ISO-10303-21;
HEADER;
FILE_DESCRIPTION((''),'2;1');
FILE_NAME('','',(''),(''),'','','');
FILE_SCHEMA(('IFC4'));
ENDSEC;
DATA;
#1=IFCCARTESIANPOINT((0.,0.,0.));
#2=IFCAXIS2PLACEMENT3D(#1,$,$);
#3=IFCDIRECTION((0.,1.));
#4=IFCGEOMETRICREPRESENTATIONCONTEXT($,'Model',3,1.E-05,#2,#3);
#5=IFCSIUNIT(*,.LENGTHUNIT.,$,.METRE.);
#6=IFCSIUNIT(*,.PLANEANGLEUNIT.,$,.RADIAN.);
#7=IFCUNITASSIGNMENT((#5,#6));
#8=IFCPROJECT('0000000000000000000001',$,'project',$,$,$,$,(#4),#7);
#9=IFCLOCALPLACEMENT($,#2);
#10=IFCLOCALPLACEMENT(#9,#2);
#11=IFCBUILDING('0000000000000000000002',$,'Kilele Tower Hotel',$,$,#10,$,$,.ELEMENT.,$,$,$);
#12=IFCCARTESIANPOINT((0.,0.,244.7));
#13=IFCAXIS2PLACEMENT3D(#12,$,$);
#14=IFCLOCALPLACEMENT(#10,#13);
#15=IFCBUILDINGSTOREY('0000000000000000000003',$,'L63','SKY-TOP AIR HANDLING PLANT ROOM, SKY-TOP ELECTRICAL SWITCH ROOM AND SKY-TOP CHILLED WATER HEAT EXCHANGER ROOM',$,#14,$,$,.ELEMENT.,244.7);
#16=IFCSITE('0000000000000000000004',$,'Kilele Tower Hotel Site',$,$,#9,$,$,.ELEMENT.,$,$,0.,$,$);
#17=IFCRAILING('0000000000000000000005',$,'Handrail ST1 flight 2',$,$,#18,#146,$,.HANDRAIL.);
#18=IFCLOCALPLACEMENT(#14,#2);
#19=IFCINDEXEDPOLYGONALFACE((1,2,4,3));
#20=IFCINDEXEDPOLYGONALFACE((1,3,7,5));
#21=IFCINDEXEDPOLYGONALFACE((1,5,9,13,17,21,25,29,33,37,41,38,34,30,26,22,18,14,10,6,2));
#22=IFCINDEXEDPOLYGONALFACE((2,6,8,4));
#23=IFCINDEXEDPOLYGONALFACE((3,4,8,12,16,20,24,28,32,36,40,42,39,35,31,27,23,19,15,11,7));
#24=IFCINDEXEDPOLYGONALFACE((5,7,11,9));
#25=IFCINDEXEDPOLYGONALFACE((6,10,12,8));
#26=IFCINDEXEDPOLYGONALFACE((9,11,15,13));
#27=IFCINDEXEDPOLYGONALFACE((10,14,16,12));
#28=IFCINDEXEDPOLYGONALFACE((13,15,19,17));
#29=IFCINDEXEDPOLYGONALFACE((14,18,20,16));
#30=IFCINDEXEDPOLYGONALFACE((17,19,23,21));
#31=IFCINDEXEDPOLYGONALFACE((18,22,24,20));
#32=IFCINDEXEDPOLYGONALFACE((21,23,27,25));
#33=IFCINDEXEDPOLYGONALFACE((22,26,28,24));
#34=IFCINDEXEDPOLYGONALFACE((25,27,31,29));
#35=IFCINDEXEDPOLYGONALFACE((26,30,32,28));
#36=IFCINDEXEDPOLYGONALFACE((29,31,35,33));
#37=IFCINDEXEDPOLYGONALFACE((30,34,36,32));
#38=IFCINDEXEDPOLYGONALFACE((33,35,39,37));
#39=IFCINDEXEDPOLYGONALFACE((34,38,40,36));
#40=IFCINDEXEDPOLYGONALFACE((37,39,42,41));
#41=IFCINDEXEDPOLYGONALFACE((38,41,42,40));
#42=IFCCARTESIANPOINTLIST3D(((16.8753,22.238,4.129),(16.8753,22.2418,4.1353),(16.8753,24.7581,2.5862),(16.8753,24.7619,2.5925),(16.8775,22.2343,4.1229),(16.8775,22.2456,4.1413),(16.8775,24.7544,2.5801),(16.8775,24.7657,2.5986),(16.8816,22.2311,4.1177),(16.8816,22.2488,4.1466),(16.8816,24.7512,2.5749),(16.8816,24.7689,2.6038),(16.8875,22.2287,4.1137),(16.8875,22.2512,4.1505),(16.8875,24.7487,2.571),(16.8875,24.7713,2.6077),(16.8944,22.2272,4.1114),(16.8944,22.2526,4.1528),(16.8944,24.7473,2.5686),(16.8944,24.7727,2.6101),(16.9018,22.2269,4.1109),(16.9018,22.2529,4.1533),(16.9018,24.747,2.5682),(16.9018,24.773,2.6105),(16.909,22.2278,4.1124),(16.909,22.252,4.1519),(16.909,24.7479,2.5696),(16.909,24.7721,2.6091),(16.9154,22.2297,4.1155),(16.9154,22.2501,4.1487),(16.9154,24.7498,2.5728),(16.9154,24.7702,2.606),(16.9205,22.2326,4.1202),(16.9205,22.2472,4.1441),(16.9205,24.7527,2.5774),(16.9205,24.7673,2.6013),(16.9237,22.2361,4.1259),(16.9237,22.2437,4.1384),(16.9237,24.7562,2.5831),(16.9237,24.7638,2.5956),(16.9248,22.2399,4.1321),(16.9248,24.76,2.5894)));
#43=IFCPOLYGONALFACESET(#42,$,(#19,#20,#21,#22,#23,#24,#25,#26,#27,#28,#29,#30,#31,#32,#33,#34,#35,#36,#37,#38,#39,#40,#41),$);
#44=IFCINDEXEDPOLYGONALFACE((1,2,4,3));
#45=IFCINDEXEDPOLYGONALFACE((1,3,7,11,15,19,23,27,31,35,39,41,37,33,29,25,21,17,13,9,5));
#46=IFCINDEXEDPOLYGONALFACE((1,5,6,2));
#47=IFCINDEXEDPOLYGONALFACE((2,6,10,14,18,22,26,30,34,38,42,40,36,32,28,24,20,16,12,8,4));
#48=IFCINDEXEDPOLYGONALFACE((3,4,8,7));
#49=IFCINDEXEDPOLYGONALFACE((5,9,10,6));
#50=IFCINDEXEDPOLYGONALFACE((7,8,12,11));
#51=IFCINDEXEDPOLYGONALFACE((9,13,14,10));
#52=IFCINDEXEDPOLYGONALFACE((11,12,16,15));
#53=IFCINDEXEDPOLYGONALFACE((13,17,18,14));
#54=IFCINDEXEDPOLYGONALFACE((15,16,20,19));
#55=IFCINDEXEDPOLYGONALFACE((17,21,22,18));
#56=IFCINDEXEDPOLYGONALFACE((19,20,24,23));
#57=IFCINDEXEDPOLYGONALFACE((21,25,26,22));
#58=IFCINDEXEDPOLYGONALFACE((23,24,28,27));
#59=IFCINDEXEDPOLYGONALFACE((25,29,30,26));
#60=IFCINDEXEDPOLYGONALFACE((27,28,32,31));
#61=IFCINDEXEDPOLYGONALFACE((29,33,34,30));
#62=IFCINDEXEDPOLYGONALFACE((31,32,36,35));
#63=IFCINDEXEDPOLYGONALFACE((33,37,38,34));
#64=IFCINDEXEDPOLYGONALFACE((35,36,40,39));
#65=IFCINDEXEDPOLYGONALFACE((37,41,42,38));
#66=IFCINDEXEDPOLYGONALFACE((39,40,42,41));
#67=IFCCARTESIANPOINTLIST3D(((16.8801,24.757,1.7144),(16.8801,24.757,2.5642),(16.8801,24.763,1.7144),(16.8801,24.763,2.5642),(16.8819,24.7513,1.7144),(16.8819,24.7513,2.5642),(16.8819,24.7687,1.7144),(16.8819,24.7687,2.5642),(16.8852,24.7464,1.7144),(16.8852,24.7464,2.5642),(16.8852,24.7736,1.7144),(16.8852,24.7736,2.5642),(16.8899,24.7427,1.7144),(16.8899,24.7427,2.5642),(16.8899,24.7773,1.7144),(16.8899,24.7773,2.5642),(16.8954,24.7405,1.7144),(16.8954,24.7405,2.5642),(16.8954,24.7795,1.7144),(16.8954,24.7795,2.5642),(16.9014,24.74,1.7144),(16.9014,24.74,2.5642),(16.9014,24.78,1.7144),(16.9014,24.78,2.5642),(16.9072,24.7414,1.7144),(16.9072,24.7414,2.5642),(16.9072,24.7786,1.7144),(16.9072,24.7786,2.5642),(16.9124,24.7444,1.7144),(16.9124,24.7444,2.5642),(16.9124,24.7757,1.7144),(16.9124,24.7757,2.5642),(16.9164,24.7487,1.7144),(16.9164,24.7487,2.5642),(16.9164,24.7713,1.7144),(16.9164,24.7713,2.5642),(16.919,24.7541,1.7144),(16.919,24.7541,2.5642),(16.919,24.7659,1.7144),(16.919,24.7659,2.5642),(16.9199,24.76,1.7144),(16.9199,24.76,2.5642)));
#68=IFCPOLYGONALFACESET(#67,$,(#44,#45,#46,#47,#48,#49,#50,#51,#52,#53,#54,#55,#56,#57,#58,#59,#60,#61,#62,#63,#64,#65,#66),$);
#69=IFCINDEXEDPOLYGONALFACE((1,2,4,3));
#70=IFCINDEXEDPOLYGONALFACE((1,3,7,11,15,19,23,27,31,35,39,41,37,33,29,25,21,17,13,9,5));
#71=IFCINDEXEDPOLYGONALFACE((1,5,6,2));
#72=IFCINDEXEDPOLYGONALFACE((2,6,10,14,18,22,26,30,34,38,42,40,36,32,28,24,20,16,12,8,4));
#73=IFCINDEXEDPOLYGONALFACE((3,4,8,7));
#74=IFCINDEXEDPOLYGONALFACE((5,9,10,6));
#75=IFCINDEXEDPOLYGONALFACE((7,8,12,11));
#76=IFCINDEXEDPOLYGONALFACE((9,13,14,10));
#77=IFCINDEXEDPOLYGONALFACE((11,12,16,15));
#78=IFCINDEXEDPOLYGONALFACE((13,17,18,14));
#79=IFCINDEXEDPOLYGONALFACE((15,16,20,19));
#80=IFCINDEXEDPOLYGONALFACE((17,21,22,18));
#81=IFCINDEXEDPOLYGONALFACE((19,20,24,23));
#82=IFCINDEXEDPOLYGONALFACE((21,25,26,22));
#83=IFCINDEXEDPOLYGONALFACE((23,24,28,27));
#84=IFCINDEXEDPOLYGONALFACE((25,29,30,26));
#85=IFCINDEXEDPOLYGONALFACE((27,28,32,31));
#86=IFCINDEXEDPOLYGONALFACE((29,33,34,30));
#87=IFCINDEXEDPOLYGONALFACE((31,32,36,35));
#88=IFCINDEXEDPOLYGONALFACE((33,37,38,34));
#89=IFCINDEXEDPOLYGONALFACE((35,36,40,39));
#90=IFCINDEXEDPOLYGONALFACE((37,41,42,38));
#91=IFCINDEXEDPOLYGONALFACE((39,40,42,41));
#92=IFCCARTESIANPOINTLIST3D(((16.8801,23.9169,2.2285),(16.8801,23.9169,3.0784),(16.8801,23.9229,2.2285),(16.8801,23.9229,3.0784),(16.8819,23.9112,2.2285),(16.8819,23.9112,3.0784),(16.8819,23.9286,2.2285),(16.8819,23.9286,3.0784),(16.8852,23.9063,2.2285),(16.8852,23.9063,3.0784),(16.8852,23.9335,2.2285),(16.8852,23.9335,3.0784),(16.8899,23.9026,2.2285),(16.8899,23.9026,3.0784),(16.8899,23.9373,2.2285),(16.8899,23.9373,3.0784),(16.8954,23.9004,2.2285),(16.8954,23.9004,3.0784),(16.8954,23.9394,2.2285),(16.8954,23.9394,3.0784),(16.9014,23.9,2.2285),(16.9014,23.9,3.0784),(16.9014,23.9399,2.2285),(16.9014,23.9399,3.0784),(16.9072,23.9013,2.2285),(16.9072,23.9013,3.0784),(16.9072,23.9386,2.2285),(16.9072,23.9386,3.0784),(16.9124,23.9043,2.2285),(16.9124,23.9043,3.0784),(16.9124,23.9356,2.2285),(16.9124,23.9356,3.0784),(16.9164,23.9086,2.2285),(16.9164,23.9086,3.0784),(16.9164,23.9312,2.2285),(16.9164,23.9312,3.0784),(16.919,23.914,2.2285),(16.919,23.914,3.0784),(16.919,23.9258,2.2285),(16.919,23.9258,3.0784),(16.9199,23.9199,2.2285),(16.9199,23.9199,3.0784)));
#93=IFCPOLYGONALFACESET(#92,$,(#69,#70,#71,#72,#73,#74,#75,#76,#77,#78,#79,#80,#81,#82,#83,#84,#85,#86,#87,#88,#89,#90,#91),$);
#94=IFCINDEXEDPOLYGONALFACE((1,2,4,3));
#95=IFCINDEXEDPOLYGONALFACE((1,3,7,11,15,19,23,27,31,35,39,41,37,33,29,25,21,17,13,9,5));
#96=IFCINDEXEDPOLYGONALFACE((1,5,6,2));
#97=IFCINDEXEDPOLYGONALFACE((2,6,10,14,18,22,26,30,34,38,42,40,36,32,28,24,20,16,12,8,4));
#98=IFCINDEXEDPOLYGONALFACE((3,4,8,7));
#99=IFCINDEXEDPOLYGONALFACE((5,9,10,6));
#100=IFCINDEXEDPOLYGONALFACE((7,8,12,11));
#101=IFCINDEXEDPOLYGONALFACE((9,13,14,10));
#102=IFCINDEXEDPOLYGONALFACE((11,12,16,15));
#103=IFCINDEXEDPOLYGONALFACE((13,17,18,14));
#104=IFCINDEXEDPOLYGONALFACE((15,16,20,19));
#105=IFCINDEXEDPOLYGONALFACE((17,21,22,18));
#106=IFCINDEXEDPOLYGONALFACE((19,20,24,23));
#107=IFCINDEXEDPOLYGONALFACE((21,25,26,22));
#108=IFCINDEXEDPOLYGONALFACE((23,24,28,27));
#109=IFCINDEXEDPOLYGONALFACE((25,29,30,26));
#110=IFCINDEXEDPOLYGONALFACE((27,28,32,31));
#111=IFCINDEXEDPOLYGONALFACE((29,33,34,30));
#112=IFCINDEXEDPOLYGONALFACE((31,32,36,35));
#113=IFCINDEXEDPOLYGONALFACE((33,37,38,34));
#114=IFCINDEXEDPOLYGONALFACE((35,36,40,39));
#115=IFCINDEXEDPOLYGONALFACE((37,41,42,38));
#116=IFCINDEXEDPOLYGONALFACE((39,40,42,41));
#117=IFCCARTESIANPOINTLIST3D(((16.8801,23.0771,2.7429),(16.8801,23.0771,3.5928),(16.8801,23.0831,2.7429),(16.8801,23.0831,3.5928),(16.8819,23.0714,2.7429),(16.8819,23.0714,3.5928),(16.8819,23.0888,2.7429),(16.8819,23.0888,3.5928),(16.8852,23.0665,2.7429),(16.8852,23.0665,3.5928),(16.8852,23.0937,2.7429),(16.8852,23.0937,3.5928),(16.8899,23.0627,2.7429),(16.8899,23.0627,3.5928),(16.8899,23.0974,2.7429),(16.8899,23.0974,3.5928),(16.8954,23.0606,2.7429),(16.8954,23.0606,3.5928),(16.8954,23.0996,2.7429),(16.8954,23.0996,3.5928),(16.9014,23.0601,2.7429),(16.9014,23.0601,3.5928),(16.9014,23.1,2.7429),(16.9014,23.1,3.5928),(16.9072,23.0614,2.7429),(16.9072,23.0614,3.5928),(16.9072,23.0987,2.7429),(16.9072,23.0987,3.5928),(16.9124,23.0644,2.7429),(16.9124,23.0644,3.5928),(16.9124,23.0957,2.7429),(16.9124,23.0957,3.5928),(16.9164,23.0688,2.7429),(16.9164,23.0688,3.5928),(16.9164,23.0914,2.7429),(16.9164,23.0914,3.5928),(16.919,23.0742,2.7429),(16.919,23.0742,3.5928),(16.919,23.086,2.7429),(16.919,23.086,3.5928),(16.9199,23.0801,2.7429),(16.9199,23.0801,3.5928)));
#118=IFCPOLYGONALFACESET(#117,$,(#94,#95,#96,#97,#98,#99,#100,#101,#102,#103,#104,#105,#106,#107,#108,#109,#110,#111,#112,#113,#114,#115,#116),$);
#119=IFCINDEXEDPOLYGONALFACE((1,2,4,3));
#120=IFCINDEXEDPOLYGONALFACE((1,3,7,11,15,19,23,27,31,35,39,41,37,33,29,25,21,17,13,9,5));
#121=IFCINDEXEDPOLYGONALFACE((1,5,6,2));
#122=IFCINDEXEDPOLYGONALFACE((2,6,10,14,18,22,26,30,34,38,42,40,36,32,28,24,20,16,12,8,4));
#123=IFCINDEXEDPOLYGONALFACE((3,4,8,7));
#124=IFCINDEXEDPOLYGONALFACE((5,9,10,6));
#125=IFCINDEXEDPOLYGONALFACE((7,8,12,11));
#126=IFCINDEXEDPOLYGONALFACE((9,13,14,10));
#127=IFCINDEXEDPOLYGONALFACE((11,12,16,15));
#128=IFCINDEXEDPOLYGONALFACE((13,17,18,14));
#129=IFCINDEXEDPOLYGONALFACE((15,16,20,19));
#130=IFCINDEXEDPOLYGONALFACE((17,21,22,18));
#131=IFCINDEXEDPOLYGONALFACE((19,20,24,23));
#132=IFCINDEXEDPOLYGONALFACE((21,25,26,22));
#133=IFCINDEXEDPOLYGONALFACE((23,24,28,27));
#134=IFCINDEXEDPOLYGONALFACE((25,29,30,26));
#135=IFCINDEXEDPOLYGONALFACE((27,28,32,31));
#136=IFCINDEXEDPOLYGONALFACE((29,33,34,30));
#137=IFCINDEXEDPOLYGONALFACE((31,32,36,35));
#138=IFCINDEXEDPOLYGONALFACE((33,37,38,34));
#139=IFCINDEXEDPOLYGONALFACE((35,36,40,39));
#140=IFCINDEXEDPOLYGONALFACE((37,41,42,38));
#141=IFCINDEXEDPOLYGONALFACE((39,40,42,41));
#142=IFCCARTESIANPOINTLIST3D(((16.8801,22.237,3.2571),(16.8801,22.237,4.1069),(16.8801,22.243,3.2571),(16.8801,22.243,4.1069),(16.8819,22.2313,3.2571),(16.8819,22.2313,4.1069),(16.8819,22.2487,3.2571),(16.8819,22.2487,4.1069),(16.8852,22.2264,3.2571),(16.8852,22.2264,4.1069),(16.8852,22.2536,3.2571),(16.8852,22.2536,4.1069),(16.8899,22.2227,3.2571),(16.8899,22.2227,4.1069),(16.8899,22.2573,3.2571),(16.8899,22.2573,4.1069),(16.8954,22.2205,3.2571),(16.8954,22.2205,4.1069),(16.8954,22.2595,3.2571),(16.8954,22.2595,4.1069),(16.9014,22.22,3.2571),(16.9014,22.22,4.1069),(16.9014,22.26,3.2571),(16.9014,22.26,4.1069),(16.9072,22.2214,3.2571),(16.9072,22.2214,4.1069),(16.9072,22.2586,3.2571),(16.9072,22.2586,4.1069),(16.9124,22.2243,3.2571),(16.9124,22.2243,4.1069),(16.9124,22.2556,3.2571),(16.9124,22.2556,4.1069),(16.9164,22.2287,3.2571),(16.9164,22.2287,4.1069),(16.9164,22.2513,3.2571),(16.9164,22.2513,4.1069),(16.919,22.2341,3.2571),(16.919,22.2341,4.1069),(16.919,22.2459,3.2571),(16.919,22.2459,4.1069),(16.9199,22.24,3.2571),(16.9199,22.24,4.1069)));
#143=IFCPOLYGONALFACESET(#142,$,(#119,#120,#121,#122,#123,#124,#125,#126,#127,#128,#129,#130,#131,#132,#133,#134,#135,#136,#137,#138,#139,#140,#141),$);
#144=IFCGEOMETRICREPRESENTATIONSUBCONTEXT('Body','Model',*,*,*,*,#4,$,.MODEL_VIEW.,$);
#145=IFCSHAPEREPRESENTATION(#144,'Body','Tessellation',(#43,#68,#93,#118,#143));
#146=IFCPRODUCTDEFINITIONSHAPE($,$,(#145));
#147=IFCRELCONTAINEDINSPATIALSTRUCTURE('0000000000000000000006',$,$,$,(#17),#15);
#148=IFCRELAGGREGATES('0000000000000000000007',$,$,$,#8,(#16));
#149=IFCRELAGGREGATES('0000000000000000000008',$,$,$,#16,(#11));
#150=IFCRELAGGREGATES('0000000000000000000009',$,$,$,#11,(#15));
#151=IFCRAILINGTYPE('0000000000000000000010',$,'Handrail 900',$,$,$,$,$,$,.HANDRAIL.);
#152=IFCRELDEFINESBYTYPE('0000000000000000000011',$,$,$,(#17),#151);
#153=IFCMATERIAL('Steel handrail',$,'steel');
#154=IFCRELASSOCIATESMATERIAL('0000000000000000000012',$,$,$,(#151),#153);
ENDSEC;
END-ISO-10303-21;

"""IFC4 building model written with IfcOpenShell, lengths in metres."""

from ifc_helpers import new_model, si_unit, direction, frame, origin, origin_2d, place, context, subcontext, project, spatial, circle, extrude, material, type_object, element, save


model = new_model("IFC4")

# Units and contexts
model_context = context("Model", 3, precision=1e-05, world=origin(), true_north=direction((0.0, 1.0)))
body_context = subcontext(model_context, "Body", "Model", "MODEL_VIEW")
ifc_project = project(units=[si_unit("LENGTHUNIT", "METRE"), si_unit("PLANEANGLEUNIT", "RADIAN")], contexts=[model_context])

# Site, building, storey
site_placement = place(None, origin())
site = spatial("IfcSite", under=ifc_project, at=site_placement, Name="Kilele Tower Hotel Site", CompositionType="ELEMENT", RefElevation=0.0)
building_placement = place(site_placement, origin())
building = spatial("IfcBuilding", under=site, at=building_placement, Name="Kilele Tower Hotel", CompositionType="ELEMENT")
storey_placement = place(building_placement, frame((0.0, 0.0, 244.7)))
storey = spatial("IfcBuildingStorey", under=building, at=storey_placement, Name="L63", Description="SKY-TOP AIR HANDLING PLANT ROOM, SKY-TOP ELECTRICAL SWITCH ROOM AND SKY-TOP CHILLED WATER HEAT EXCHANGER ROOM", CompositionType="ELEMENT", Elevation=244.7)

# Railing
ifc_material_1 = material(Name="Steel handrail", Category="steel")
railing_type_1 = type_object("IfcRailingType", Name="Handrail 900", PredefinedType="HANDRAIL", material=ifc_material_1)
for number, where, name in (
    (1, (16.8999, 24.76, 1.7144), "Handrail ST1 flight 2"),
):
    element("IfcRailing", number, at=place(storey_placement, frame(where)), inside=storey, type_object=railing_type_1, Name=name, PredefinedType="HANDRAIL", context=body_context, shape_type="SweptSolid", body=[
        extrude(circle(Radius=0.0249, at=origin_2d()), frame((0.0, 0.0, 0.875), z_axis=(0.0, -0.852873, 0.522118), x_axis=(1.0, 0.0, 0.0)), (0.0, 0.0, 1.0), 2.9548),
        extrude(circle(Radius=0.02, at=origin_2d()), origin(), (0.0, 0.0, 1.0), 0.8499),
        extrude(circle(Radius=0.02, at=origin_2d()), frame((0.0, -0.8401, 0.5142)), (0.0, 0.0, 1.0), 0.8499),
        extrude(circle(Radius=0.02, at=origin_2d()), frame((0.0, -1.6799, 1.0286)), (0.0, 0.0, 1.0), 0.8499),
        extrude(circle(Radius=0.02, at=origin_2d()), frame((0.0, -2.52, 1.5427)), (0.0, 0.0, 1.0), 0.8499),
    ])

save(model, "model.ifc")
